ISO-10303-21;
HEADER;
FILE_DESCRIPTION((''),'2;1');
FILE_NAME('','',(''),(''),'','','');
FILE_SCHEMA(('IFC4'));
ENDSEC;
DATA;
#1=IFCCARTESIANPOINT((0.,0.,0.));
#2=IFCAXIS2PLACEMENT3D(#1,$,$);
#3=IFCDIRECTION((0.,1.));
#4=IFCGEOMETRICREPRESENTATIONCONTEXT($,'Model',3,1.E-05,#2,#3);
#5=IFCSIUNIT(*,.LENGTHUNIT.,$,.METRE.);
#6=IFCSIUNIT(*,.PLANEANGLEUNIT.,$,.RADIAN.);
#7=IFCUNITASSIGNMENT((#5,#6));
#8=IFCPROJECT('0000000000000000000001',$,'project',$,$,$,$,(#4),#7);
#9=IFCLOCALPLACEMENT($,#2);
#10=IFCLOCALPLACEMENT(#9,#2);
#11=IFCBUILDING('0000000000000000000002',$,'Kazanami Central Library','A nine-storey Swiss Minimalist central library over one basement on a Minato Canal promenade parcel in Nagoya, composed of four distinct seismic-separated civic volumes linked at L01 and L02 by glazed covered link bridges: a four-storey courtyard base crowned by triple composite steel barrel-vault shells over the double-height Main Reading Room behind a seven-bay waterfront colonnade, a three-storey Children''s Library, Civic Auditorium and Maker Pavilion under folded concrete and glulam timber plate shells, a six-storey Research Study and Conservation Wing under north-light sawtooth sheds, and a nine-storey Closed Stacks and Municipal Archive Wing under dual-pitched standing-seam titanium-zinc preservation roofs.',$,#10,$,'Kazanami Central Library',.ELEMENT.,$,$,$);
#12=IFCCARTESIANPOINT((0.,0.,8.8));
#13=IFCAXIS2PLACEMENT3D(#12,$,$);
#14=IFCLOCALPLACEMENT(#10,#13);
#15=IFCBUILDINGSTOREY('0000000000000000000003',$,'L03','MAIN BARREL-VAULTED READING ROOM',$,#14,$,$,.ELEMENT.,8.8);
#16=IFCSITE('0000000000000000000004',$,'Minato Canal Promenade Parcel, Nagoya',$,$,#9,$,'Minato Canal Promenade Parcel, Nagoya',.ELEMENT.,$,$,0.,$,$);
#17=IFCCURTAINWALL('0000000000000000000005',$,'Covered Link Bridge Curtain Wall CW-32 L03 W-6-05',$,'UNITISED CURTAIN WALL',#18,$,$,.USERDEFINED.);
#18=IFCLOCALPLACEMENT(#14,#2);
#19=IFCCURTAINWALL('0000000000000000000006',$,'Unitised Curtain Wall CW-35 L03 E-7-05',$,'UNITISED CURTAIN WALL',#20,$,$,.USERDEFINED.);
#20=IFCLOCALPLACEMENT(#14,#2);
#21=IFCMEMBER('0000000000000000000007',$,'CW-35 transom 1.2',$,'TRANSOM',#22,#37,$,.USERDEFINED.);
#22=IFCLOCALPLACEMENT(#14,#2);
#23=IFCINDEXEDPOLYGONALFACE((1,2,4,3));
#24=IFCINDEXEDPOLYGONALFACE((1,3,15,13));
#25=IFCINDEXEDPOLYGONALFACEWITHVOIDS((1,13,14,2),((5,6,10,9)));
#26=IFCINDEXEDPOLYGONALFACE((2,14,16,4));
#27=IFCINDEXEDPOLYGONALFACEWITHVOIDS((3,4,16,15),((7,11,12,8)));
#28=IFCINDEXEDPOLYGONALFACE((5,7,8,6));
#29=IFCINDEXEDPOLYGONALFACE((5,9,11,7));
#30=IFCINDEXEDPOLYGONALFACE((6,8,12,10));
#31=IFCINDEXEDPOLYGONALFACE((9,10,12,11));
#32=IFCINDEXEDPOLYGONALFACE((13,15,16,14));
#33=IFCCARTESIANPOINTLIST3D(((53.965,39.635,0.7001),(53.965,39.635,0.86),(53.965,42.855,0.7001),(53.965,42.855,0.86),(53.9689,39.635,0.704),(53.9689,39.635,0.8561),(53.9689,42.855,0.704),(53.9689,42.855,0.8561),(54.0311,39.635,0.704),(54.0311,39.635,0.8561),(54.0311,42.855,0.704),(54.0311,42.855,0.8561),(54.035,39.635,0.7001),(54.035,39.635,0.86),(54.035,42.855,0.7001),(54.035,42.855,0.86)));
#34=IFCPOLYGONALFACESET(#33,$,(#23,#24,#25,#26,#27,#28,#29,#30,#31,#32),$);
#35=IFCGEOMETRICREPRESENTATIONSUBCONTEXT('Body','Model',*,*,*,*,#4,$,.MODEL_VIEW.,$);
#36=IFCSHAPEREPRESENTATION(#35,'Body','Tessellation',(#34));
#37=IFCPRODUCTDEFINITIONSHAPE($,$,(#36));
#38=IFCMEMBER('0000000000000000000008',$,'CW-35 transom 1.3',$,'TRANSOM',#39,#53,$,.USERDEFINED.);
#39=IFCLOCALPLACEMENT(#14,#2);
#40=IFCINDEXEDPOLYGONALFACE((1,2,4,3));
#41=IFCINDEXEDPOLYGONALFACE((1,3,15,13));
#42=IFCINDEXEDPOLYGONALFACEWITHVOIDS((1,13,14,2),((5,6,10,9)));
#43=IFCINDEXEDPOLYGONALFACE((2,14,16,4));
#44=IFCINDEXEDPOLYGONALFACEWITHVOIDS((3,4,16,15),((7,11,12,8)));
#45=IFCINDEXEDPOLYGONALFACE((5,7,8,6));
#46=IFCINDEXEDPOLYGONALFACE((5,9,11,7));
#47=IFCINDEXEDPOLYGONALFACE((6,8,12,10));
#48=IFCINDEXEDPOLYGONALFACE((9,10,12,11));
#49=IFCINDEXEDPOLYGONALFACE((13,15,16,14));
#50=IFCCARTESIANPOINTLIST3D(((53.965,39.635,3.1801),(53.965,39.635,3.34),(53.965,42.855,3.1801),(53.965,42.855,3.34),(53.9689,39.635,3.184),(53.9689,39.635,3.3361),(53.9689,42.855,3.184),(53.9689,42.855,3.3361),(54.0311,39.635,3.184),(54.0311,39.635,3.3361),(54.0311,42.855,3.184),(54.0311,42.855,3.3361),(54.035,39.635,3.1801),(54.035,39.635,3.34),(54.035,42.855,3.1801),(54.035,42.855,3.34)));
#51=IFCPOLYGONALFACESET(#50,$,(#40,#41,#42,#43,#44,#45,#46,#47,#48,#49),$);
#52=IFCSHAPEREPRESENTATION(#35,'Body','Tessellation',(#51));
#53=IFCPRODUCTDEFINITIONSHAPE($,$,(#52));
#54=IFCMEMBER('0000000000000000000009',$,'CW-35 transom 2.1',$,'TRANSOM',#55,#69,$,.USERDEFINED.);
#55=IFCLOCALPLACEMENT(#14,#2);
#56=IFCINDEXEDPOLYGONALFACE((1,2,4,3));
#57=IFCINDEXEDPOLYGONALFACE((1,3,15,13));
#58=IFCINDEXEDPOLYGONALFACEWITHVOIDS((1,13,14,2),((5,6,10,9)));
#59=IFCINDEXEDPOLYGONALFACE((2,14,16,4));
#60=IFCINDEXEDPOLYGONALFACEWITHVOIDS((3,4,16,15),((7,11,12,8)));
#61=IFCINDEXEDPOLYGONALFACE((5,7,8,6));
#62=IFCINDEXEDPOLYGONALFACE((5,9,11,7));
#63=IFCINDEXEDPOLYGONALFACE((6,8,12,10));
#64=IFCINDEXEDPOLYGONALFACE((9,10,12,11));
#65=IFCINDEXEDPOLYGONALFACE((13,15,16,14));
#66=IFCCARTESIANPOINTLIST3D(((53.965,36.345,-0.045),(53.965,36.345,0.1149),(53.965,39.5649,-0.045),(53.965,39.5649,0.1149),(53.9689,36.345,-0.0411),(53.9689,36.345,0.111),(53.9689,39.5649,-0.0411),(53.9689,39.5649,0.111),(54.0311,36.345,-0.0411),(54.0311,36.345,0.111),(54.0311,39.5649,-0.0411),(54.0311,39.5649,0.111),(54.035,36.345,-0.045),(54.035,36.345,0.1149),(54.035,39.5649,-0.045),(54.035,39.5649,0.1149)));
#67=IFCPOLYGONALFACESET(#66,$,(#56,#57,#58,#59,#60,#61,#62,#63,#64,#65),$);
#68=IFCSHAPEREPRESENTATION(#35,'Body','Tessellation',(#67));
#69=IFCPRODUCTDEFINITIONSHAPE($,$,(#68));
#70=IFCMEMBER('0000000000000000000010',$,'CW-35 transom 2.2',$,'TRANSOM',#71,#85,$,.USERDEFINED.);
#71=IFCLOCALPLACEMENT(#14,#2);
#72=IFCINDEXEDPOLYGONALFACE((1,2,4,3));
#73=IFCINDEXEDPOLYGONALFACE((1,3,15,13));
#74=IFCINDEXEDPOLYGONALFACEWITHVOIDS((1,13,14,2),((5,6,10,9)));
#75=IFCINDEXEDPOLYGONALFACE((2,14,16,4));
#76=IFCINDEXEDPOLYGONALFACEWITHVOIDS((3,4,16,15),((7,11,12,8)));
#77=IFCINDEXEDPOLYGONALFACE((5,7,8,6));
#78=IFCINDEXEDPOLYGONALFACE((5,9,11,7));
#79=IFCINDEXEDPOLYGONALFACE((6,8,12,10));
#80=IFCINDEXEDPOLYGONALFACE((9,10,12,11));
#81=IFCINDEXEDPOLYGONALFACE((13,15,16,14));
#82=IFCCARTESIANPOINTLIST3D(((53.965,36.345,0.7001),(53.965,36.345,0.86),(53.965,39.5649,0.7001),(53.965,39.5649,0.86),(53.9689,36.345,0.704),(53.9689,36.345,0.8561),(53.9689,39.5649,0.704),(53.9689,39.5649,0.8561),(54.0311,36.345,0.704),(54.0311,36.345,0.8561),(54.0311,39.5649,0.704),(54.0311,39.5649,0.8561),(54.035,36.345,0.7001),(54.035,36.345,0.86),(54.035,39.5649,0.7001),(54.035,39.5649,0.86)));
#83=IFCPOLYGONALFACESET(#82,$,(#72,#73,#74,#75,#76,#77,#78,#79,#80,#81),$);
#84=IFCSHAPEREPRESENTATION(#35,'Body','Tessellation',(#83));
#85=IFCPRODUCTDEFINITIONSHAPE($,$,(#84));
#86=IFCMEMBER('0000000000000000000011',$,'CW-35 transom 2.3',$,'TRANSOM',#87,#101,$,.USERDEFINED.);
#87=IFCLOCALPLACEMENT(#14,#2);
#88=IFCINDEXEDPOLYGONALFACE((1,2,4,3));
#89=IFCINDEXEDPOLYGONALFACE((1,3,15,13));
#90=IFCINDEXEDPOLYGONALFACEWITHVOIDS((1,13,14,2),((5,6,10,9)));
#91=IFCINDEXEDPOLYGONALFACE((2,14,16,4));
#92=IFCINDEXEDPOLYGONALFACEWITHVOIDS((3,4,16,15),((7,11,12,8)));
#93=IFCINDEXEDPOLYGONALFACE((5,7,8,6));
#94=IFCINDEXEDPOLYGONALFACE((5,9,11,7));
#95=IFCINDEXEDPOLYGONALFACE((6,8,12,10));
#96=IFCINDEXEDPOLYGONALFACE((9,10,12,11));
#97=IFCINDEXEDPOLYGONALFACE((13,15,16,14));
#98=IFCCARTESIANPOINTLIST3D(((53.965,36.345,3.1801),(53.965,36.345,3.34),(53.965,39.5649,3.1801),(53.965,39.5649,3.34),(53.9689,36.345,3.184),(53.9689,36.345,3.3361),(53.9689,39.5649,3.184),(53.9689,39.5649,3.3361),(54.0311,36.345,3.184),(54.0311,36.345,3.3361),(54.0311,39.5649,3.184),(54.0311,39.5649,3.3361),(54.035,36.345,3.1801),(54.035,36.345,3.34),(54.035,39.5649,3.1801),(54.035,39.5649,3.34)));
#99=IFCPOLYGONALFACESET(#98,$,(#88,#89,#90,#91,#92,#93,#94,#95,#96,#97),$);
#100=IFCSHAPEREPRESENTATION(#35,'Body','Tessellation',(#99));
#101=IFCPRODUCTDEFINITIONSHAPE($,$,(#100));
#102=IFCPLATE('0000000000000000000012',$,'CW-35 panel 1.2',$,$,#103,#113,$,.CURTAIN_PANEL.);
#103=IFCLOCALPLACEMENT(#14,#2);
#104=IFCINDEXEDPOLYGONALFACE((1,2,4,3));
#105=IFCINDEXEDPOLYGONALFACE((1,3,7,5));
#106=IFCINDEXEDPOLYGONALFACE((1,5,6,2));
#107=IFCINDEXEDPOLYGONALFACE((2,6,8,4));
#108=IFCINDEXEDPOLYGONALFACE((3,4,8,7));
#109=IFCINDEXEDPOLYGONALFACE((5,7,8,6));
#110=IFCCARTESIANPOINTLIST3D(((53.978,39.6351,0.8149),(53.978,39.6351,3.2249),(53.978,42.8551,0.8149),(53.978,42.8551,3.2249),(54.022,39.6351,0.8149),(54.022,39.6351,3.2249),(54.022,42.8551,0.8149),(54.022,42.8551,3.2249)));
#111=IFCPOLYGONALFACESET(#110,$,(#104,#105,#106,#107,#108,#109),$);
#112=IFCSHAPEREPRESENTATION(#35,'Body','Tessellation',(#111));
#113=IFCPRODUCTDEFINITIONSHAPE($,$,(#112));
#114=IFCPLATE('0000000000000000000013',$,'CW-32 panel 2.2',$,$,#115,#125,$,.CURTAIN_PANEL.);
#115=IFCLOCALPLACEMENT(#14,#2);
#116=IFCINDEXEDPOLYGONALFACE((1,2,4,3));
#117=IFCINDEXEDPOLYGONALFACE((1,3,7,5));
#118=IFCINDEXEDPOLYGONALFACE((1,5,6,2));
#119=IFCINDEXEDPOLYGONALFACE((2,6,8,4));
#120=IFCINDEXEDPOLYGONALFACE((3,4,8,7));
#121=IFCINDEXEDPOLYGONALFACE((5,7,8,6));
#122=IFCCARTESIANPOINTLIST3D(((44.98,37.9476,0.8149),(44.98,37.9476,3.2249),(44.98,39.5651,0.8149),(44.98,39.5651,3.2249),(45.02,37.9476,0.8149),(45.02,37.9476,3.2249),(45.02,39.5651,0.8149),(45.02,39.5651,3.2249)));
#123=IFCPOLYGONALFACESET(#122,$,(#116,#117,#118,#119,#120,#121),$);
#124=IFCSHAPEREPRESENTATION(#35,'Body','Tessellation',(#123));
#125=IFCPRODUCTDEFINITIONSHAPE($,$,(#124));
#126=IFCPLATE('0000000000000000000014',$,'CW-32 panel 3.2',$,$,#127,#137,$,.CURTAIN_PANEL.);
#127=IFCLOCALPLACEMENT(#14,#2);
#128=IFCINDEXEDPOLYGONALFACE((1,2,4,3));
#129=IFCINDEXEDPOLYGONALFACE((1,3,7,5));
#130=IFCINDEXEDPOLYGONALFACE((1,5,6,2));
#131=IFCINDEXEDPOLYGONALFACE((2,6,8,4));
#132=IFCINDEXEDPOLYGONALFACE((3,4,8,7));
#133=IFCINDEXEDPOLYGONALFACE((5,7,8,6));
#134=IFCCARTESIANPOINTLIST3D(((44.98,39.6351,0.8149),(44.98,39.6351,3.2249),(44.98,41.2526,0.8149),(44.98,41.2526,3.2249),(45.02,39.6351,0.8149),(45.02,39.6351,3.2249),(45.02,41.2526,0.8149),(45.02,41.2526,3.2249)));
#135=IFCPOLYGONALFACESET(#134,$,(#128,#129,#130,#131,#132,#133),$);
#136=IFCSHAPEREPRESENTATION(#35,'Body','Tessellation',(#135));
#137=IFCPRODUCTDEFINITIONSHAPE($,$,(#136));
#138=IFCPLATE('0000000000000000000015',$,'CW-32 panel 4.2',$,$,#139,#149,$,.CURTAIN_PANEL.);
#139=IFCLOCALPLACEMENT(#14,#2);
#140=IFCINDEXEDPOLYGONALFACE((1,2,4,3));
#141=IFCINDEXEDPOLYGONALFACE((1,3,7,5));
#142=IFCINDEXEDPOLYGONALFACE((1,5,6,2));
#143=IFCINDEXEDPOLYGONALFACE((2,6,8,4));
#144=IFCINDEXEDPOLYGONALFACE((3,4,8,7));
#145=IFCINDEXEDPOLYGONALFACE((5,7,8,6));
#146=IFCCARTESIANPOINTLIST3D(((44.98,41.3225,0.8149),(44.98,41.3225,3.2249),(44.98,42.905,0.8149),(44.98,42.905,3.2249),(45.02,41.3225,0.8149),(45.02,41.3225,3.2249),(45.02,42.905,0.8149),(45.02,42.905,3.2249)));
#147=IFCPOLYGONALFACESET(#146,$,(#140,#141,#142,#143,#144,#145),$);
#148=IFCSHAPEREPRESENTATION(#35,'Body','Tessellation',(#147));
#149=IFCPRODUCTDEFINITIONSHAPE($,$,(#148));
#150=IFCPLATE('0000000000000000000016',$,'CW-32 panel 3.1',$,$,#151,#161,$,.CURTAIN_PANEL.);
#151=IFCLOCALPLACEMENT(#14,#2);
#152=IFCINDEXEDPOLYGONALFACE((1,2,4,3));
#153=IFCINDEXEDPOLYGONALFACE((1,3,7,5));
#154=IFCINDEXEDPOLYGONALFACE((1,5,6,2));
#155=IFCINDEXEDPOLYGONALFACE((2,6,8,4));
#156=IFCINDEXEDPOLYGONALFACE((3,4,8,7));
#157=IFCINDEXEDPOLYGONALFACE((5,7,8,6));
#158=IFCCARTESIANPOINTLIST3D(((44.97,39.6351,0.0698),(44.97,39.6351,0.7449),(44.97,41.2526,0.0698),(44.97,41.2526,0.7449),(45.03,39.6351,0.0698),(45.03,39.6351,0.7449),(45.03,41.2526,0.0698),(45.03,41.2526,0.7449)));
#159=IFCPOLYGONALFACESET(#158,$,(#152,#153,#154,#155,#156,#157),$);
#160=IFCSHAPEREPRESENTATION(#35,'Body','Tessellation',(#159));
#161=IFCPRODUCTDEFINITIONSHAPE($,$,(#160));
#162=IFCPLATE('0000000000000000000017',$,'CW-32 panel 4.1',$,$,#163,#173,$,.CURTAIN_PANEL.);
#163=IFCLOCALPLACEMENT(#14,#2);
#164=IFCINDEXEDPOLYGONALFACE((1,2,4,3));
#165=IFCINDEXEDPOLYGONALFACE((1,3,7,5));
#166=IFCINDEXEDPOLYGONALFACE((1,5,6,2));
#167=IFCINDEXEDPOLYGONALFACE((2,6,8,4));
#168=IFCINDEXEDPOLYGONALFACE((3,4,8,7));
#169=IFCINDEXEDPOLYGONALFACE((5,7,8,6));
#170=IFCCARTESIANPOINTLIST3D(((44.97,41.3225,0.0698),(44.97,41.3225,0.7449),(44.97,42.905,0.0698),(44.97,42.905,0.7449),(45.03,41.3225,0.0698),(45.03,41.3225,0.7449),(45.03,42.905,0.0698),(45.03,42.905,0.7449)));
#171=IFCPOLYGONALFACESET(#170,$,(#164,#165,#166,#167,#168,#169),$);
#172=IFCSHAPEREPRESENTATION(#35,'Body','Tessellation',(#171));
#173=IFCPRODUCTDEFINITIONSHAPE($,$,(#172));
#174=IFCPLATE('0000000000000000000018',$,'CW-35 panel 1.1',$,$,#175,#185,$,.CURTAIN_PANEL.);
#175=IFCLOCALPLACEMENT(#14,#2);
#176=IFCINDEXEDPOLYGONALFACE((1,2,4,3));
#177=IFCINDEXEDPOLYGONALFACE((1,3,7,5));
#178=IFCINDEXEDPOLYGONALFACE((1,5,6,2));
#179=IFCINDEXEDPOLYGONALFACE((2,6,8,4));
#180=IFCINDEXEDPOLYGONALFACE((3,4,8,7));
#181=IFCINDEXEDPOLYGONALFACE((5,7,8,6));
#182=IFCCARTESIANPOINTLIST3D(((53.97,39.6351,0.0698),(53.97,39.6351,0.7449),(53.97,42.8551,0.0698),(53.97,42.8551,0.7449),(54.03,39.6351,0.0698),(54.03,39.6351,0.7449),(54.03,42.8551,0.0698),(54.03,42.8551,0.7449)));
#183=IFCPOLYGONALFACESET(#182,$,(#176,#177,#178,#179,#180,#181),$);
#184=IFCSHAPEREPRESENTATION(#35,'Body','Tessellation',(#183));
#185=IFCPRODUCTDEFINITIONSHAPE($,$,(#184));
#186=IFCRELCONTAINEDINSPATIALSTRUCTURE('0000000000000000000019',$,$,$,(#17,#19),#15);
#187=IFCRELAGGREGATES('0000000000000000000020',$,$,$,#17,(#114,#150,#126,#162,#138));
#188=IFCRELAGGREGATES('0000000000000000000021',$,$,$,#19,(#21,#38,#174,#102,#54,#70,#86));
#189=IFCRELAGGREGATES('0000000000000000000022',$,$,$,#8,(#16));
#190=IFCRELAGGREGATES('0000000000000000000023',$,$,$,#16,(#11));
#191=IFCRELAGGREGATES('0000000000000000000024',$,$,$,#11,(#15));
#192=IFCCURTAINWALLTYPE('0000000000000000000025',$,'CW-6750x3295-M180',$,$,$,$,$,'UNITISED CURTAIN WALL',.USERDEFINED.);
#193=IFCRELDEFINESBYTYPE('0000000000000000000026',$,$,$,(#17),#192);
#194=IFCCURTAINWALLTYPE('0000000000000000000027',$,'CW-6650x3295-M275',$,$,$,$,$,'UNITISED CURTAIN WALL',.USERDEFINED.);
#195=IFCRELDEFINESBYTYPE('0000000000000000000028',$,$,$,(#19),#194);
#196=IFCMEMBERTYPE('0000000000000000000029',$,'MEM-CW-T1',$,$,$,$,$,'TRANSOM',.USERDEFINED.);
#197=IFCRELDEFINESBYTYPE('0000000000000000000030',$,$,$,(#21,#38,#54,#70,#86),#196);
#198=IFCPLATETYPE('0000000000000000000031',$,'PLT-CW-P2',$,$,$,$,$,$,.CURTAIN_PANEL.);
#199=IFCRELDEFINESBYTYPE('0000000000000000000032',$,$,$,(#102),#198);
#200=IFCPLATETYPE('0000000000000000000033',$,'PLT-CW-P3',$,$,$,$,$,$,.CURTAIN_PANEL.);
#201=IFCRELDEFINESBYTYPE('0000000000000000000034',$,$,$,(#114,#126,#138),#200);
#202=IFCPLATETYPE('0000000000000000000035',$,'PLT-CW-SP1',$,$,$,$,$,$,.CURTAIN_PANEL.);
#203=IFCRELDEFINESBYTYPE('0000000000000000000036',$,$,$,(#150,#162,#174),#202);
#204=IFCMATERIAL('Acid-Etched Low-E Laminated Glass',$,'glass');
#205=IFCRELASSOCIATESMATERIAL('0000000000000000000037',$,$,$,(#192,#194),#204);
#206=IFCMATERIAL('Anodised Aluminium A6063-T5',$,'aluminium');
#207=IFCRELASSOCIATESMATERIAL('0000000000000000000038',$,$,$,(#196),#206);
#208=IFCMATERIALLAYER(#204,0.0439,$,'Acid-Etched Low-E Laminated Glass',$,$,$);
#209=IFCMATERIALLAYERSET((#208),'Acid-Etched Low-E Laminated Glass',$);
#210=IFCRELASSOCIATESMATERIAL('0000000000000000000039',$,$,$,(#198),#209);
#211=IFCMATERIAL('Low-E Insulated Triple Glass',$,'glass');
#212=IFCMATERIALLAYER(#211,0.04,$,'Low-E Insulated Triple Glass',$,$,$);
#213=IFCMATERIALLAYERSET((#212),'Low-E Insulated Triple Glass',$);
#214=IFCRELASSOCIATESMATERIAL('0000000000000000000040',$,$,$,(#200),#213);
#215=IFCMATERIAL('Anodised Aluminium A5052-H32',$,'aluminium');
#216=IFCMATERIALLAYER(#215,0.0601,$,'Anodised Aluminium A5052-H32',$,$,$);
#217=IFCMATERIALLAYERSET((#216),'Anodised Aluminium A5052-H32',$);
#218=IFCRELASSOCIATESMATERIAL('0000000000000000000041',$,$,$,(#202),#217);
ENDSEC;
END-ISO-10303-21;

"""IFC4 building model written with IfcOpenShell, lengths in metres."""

from ifc_helpers import new_model, si_unit, direction, frame, origin, origin_2d, place, context, subcontext, project, spatial, rectangle, hollow_rectangle, extrude, material, layer, layer_set, material_profile, profile_set, type_object, element, aggregate, save


model = new_model("IFC4")

# Units and contexts
model_context = context("Model", 3, precision=1e-05, world=origin(), true_north=direction((0.0, 1.0)))
body_context = subcontext(model_context, "Body", "Model", "MODEL_VIEW")
ifc_project = project(units=[si_unit("LENGTHUNIT", "METRE"), si_unit("PLANEANGLEUNIT", "RADIAN")], contexts=[model_context])

# Site, building, storey
site_placement = place(None, origin())
site = spatial("IfcSite", under=ifc_project, at=site_placement, Name="Minato Canal Promenade Parcel, Nagoya", LongName="Minato Canal Promenade Parcel, Nagoya", CompositionType="ELEMENT", RefElevation=0.0)
building_placement = place(site_placement, origin())
building = spatial("IfcBuilding", under=site, at=building_placement, Name="Kazanami Central Library", Description="A nine-storey Swiss Minimalist central library over one basement on a Minato Canal promenade parcel in Nagoya, composed of four distinct seismic-separated civic volumes linked at L01 and L02 by glazed covered link bridges: a four-storey courtyard base crowned by triple composite steel barrel-vault shells over the double-height Main Reading Room behind a seven-bay waterfront colonnade, a three-storey Children's Library, Civic Auditorium and Maker Pavilion under folded concrete and glulam timber plate shells, a six-storey Research Study and Conservation Wing under north-light sawtooth sheds, and a nine-storey Closed Stacks and Municipal Archive Wing under dual-pitched standing-seam titanium-zinc preservation roofs.", LongName="Kazanami Central Library", CompositionType="ELEMENT")
storey_placement = place(building_placement, frame((0.0, 0.0, 8.8)))
storey = spatial("IfcBuildingStorey", under=building, at=storey_placement, Name="L03", Description="MAIN BARREL-VAULTED READING ROOM", CompositionType="ELEMENT", Elevation=8.8)

# Curtain wall
ifc_material_1 = material(Name="Acid-Etched Low-E Laminated Glass", Category="glass")
curtain_wall_type_1 = type_object("IfcCurtainWallType", Name="CW-6750x3295-M180", ElementType="UNITISED CURTAIN WALL", PredefinedType="USERDEFINED", material=ifc_material_1)
curtain_wall_1_placement = place(storey_placement, origin())
curtain_wall_1 = element("IfcCurtainWall", 1, at=curtain_wall_1_placement, inside=storey, type_object=curtain_wall_type_1, Name="Covered Link Bridge Curtain Wall CW-32 L03 W-6-05", ObjectType="UNITISED CURTAIN WALL", PredefinedType="USERDEFINED")
ifc_material_2 = material(Name="Anodised Aluminium A6063-T5", Category="aluminium")

# Curtain wall
curtain_wall_type_2 = type_object("IfcCurtainWallType", Name="CW-6650x3295-M275", ElementType="UNITISED CURTAIN WALL", PredefinedType="USERDEFINED", material=ifc_material_1)
curtain_wall_2_placement = place(storey_placement, origin())
curtain_wall_2 = element("IfcCurtainWall", 2, at=curtain_wall_2_placement, inside=storey, type_object=curtain_wall_type_2, Name="Unitised Curtain Wall CW-35 L03 E-7-05", ObjectType="UNITISED CURTAIN WALL", PredefinedType="USERDEFINED")

# Members
ifc_material_profile_1 = material_profile(ifc_material_2, hollow_rectangle(XDim=0.0701, YDim=0.1599, WallThickness=0.0039, at=origin_2d()), Name="ALU-TRAN-70x160x4")
ifc_profile_set_1 = profile_set([ifc_material_profile_1], Name="Anodised Aluminium A6063-T5")
member_type_1 = type_object("IfcMemberType", Name="MEM-CW-T1", ElementType="TRANSOM", PredefinedType="USERDEFINED", material=ifc_profile_set_1)
member_1_placement = place(storey_placement, frame((54.0, 42.855, 0.78), z_axis=(0.0, -1.0, 0.0), x_axis=(1.0, 0.0, 0.0)))
member_1 = element("IfcMember", 3, at=member_1_placement, type_object=member_type_1, Name="CW-35 transom 1.2", ObjectType="TRANSOM", PredefinedType="USERDEFINED", context=body_context, shape_type="SweptSolid", body=[
    extrude(hollow_rectangle(XDim=0.0701, YDim=0.1599, WallThickness=0.0039, at=origin_2d()), origin(), (0.0, 0.0, 1.0), 3.22),
])
member_2_placement = place(storey_placement, frame((54.0, 42.855, 3.26), z_axis=(0.0, -1.0, 0.0), x_axis=(1.0, 0.0, 0.0)))
member_2 = element("IfcMember", 4, at=member_2_placement, type_object=member_type_1, Name="CW-35 transom 1.3", ObjectType="TRANSOM", PredefinedType="USERDEFINED", context=body_context, shape_type="SweptSolid", body=[
    extrude(hollow_rectangle(XDim=0.0701, YDim=0.1599, WallThickness=0.0039, at=origin_2d()), origin(), (0.0, 0.0, 1.0), 3.22),
])
member_3_placement = place(storey_placement, frame((54.0, 39.5649, 0.0349), z_axis=(0.0, -1.0, 0.0), x_axis=(1.0, 0.0, 0.0)))
member_3 = element("IfcMember", 5, at=member_3_placement, type_object=member_type_1, Name="CW-35 transom 2.1", ObjectType="TRANSOM", PredefinedType="USERDEFINED", context=body_context, shape_type="SweptSolid", body=[
    extrude(hollow_rectangle(XDim=0.0701, YDim=0.1599, WallThickness=0.0039, at=origin_2d()), origin(), (0.0, 0.0, 1.0), 3.22),
])
member_4_placement = place(storey_placement, frame((54.0, 39.5649, 0.78), z_axis=(0.0, -1.0, 0.0), x_axis=(1.0, 0.0, 0.0)))
member_4 = element("IfcMember", 6, at=member_4_placement, type_object=member_type_1, Name="CW-35 transom 2.2", ObjectType="TRANSOM", PredefinedType="USERDEFINED", context=body_context, shape_type="SweptSolid", body=[
    extrude(hollow_rectangle(XDim=0.0701, YDim=0.1599, WallThickness=0.0039, at=origin_2d()), origin(), (0.0, 0.0, 1.0), 3.22),
])
member_5_placement = place(storey_placement, frame((54.0, 39.5649, 3.26), z_axis=(0.0, -1.0, 0.0), x_axis=(1.0, 0.0, 0.0)))
member_5 = element("IfcMember", 7, at=member_5_placement, type_object=member_type_1, Name="CW-35 transom 2.3", ObjectType="TRANSOM", PredefinedType="USERDEFINED", context=body_context, shape_type="SweptSolid", body=[
    extrude(hollow_rectangle(XDim=0.0701, YDim=0.1599, WallThickness=0.0039, at=origin_2d()), origin(), (0.0, 0.0, 1.0), 3.22),
])

# Plates
ifc_layer_1 = layer(ifc_material_1, 0.0439, Name="Acid-Etched Low-E Laminated Glass")
ifc_layer_set_1 = layer_set([ifc_layer_1], Name="Acid-Etched Low-E Laminated Glass")
plate_type_1 = type_object("IfcPlateType", Name="PLT-CW-P2", PredefinedType="CURTAIN_PANEL", material=ifc_layer_set_1)
plate_1_placement = place(storey_placement, frame((54.0, 41.2451, 0.8149), z_axis=(0.0, 0.0, 1.0), x_axis=(0.0, -1.0, 0.0)))
plate_1 = element("IfcPlate", 8, at=plate_1_placement, type_object=plate_type_1, Name="CW-35 panel 1.2", PredefinedType="CURTAIN_PANEL", context=body_context, shape_type="SweptSolid", body=[
    extrude(rectangle(XDim=3.22, YDim=0.0439, at=origin_2d()), origin(), (0.0, 0.0, 1.0), 2.4099),
])
ifc_material_3 = material(Name="Low-E Insulated Triple Glass", Category="glass")
ifc_layer_2 = layer(ifc_material_3, 0.04, Name="Low-E Insulated Triple Glass")
ifc_layer_set_2 = layer_set([ifc_layer_2], Name="Low-E Insulated Triple Glass")
plate_type_2 = type_object("IfcPlateType", Name="PLT-CW-P3", PredefinedType="CURTAIN_PANEL", material=ifc_layer_set_2)
plate_2_placement = place(storey_placement, frame((45.0, 38.7563, 0.8149), z_axis=(0.0, 0.0, 1.0), x_axis=(0.0, 1.0, 0.0)))
plate_2 = element("IfcPlate", 9, at=plate_2_placement, type_object=plate_type_2, Name="CW-32 panel 2.2", PredefinedType="CURTAIN_PANEL", context=body_context, shape_type="SweptSolid", body=[
    extrude(rectangle(XDim=1.6174, YDim=0.04, at=origin_2d()), origin(), (0.0, 0.0, 1.0), 2.4099),
])
plate_3_placement = place(storey_placement, frame((45.0, 40.4438, 0.8149), z_axis=(0.0, 0.0, 1.0), x_axis=(0.0, 1.0, 0.0)))
plate_3 = element("IfcPlate", 10, at=plate_3_placement, type_object=plate_type_2, Name="CW-32 panel 3.2", PredefinedType="CURTAIN_PANEL", context=body_context, shape_type="SweptSolid", body=[
    extrude(rectangle(XDim=1.6174, YDim=0.04, at=origin_2d()), origin(), (0.0, 0.0, 1.0), 2.4099),
])
plate_4_placement = place(storey_placement, frame((45.0, 42.1138, 0.8149), z_axis=(0.0, 0.0, 1.0), x_axis=(0.0, 1.0, 0.0)))
plate_4 = element("IfcPlate", 11, at=plate_4_placement, type_object=plate_type_2, Name="CW-32 panel 4.2", PredefinedType="CURTAIN_PANEL", context=body_context, shape_type="SweptSolid", body=[
    extrude(rectangle(XDim=1.5825, YDim=0.04, at=origin_2d()), origin(), (0.0, 0.0, 1.0), 2.4099),
])
ifc_material_4 = material(Name="Anodised Aluminium A5052-H32", Category="aluminium")
ifc_layer_3 = layer(ifc_material_4, 0.0601, Name="Anodised Aluminium A5052-H32")
ifc_layer_set_3 = layer_set([ifc_layer_3], Name="Anodised Aluminium A5052-H32")
plate_type_3 = type_object("IfcPlateType", Name="PLT-CW-SP1", PredefinedType="CURTAIN_PANEL", material=ifc_layer_set_3)
plate_5_placement = place(storey_placement, frame((45.0, 40.4438, 0.0698), z_axis=(0.0, 0.0, 1.0), x_axis=(0.0, 1.0, 0.0)))
plate_5 = element("IfcPlate", 12, at=plate_5_placement, type_object=plate_type_3, Name="CW-32 panel 3.1", PredefinedType="CURTAIN_PANEL", context=body_context, shape_type="SweptSolid", body=[
    extrude(rectangle(XDim=1.6174, YDim=0.0601, at=origin_2d()), origin(), (0.0, 0.0, 1.0), 0.675),
])
plate_6_placement = place(storey_placement, frame((45.0, 42.1138, 0.0698), z_axis=(0.0, 0.0, 1.0), x_axis=(0.0, 1.0, 0.0)))
plate_6 = element("IfcPlate", 13, at=plate_6_placement, type_object=plate_type_3, Name="CW-32 panel 4.1", PredefinedType="CURTAIN_PANEL", context=body_context, shape_type="SweptSolid", body=[
    extrude(rectangle(XDim=1.5825, YDim=0.0601, at=origin_2d()), origin(), (0.0, 0.0, 1.0), 0.675),
])
aggregate(curtain_wall_1, [plate_2, plate_5, plate_3, plate_6, plate_4])
plate_7_placement = place(storey_placement, frame((54.0, 41.2451, 0.0698), z_axis=(0.0, 0.0, 1.0), x_axis=(0.0, -1.0, 0.0)))
plate_7 = element("IfcPlate", 14, at=plate_7_placement, type_object=plate_type_3, Name="CW-35 panel 1.1", PredefinedType="CURTAIN_PANEL", context=body_context, shape_type="SweptSolid", body=[
    extrude(rectangle(XDim=3.22, YDim=0.0601, at=origin_2d()), origin(), (0.0, 0.0, 1.0), 0.675),
])
aggregate(curtain_wall_2, [member_1, member_2, plate_7, plate_1, member_3, member_4, member_5])

save(model, "model.ifc")
